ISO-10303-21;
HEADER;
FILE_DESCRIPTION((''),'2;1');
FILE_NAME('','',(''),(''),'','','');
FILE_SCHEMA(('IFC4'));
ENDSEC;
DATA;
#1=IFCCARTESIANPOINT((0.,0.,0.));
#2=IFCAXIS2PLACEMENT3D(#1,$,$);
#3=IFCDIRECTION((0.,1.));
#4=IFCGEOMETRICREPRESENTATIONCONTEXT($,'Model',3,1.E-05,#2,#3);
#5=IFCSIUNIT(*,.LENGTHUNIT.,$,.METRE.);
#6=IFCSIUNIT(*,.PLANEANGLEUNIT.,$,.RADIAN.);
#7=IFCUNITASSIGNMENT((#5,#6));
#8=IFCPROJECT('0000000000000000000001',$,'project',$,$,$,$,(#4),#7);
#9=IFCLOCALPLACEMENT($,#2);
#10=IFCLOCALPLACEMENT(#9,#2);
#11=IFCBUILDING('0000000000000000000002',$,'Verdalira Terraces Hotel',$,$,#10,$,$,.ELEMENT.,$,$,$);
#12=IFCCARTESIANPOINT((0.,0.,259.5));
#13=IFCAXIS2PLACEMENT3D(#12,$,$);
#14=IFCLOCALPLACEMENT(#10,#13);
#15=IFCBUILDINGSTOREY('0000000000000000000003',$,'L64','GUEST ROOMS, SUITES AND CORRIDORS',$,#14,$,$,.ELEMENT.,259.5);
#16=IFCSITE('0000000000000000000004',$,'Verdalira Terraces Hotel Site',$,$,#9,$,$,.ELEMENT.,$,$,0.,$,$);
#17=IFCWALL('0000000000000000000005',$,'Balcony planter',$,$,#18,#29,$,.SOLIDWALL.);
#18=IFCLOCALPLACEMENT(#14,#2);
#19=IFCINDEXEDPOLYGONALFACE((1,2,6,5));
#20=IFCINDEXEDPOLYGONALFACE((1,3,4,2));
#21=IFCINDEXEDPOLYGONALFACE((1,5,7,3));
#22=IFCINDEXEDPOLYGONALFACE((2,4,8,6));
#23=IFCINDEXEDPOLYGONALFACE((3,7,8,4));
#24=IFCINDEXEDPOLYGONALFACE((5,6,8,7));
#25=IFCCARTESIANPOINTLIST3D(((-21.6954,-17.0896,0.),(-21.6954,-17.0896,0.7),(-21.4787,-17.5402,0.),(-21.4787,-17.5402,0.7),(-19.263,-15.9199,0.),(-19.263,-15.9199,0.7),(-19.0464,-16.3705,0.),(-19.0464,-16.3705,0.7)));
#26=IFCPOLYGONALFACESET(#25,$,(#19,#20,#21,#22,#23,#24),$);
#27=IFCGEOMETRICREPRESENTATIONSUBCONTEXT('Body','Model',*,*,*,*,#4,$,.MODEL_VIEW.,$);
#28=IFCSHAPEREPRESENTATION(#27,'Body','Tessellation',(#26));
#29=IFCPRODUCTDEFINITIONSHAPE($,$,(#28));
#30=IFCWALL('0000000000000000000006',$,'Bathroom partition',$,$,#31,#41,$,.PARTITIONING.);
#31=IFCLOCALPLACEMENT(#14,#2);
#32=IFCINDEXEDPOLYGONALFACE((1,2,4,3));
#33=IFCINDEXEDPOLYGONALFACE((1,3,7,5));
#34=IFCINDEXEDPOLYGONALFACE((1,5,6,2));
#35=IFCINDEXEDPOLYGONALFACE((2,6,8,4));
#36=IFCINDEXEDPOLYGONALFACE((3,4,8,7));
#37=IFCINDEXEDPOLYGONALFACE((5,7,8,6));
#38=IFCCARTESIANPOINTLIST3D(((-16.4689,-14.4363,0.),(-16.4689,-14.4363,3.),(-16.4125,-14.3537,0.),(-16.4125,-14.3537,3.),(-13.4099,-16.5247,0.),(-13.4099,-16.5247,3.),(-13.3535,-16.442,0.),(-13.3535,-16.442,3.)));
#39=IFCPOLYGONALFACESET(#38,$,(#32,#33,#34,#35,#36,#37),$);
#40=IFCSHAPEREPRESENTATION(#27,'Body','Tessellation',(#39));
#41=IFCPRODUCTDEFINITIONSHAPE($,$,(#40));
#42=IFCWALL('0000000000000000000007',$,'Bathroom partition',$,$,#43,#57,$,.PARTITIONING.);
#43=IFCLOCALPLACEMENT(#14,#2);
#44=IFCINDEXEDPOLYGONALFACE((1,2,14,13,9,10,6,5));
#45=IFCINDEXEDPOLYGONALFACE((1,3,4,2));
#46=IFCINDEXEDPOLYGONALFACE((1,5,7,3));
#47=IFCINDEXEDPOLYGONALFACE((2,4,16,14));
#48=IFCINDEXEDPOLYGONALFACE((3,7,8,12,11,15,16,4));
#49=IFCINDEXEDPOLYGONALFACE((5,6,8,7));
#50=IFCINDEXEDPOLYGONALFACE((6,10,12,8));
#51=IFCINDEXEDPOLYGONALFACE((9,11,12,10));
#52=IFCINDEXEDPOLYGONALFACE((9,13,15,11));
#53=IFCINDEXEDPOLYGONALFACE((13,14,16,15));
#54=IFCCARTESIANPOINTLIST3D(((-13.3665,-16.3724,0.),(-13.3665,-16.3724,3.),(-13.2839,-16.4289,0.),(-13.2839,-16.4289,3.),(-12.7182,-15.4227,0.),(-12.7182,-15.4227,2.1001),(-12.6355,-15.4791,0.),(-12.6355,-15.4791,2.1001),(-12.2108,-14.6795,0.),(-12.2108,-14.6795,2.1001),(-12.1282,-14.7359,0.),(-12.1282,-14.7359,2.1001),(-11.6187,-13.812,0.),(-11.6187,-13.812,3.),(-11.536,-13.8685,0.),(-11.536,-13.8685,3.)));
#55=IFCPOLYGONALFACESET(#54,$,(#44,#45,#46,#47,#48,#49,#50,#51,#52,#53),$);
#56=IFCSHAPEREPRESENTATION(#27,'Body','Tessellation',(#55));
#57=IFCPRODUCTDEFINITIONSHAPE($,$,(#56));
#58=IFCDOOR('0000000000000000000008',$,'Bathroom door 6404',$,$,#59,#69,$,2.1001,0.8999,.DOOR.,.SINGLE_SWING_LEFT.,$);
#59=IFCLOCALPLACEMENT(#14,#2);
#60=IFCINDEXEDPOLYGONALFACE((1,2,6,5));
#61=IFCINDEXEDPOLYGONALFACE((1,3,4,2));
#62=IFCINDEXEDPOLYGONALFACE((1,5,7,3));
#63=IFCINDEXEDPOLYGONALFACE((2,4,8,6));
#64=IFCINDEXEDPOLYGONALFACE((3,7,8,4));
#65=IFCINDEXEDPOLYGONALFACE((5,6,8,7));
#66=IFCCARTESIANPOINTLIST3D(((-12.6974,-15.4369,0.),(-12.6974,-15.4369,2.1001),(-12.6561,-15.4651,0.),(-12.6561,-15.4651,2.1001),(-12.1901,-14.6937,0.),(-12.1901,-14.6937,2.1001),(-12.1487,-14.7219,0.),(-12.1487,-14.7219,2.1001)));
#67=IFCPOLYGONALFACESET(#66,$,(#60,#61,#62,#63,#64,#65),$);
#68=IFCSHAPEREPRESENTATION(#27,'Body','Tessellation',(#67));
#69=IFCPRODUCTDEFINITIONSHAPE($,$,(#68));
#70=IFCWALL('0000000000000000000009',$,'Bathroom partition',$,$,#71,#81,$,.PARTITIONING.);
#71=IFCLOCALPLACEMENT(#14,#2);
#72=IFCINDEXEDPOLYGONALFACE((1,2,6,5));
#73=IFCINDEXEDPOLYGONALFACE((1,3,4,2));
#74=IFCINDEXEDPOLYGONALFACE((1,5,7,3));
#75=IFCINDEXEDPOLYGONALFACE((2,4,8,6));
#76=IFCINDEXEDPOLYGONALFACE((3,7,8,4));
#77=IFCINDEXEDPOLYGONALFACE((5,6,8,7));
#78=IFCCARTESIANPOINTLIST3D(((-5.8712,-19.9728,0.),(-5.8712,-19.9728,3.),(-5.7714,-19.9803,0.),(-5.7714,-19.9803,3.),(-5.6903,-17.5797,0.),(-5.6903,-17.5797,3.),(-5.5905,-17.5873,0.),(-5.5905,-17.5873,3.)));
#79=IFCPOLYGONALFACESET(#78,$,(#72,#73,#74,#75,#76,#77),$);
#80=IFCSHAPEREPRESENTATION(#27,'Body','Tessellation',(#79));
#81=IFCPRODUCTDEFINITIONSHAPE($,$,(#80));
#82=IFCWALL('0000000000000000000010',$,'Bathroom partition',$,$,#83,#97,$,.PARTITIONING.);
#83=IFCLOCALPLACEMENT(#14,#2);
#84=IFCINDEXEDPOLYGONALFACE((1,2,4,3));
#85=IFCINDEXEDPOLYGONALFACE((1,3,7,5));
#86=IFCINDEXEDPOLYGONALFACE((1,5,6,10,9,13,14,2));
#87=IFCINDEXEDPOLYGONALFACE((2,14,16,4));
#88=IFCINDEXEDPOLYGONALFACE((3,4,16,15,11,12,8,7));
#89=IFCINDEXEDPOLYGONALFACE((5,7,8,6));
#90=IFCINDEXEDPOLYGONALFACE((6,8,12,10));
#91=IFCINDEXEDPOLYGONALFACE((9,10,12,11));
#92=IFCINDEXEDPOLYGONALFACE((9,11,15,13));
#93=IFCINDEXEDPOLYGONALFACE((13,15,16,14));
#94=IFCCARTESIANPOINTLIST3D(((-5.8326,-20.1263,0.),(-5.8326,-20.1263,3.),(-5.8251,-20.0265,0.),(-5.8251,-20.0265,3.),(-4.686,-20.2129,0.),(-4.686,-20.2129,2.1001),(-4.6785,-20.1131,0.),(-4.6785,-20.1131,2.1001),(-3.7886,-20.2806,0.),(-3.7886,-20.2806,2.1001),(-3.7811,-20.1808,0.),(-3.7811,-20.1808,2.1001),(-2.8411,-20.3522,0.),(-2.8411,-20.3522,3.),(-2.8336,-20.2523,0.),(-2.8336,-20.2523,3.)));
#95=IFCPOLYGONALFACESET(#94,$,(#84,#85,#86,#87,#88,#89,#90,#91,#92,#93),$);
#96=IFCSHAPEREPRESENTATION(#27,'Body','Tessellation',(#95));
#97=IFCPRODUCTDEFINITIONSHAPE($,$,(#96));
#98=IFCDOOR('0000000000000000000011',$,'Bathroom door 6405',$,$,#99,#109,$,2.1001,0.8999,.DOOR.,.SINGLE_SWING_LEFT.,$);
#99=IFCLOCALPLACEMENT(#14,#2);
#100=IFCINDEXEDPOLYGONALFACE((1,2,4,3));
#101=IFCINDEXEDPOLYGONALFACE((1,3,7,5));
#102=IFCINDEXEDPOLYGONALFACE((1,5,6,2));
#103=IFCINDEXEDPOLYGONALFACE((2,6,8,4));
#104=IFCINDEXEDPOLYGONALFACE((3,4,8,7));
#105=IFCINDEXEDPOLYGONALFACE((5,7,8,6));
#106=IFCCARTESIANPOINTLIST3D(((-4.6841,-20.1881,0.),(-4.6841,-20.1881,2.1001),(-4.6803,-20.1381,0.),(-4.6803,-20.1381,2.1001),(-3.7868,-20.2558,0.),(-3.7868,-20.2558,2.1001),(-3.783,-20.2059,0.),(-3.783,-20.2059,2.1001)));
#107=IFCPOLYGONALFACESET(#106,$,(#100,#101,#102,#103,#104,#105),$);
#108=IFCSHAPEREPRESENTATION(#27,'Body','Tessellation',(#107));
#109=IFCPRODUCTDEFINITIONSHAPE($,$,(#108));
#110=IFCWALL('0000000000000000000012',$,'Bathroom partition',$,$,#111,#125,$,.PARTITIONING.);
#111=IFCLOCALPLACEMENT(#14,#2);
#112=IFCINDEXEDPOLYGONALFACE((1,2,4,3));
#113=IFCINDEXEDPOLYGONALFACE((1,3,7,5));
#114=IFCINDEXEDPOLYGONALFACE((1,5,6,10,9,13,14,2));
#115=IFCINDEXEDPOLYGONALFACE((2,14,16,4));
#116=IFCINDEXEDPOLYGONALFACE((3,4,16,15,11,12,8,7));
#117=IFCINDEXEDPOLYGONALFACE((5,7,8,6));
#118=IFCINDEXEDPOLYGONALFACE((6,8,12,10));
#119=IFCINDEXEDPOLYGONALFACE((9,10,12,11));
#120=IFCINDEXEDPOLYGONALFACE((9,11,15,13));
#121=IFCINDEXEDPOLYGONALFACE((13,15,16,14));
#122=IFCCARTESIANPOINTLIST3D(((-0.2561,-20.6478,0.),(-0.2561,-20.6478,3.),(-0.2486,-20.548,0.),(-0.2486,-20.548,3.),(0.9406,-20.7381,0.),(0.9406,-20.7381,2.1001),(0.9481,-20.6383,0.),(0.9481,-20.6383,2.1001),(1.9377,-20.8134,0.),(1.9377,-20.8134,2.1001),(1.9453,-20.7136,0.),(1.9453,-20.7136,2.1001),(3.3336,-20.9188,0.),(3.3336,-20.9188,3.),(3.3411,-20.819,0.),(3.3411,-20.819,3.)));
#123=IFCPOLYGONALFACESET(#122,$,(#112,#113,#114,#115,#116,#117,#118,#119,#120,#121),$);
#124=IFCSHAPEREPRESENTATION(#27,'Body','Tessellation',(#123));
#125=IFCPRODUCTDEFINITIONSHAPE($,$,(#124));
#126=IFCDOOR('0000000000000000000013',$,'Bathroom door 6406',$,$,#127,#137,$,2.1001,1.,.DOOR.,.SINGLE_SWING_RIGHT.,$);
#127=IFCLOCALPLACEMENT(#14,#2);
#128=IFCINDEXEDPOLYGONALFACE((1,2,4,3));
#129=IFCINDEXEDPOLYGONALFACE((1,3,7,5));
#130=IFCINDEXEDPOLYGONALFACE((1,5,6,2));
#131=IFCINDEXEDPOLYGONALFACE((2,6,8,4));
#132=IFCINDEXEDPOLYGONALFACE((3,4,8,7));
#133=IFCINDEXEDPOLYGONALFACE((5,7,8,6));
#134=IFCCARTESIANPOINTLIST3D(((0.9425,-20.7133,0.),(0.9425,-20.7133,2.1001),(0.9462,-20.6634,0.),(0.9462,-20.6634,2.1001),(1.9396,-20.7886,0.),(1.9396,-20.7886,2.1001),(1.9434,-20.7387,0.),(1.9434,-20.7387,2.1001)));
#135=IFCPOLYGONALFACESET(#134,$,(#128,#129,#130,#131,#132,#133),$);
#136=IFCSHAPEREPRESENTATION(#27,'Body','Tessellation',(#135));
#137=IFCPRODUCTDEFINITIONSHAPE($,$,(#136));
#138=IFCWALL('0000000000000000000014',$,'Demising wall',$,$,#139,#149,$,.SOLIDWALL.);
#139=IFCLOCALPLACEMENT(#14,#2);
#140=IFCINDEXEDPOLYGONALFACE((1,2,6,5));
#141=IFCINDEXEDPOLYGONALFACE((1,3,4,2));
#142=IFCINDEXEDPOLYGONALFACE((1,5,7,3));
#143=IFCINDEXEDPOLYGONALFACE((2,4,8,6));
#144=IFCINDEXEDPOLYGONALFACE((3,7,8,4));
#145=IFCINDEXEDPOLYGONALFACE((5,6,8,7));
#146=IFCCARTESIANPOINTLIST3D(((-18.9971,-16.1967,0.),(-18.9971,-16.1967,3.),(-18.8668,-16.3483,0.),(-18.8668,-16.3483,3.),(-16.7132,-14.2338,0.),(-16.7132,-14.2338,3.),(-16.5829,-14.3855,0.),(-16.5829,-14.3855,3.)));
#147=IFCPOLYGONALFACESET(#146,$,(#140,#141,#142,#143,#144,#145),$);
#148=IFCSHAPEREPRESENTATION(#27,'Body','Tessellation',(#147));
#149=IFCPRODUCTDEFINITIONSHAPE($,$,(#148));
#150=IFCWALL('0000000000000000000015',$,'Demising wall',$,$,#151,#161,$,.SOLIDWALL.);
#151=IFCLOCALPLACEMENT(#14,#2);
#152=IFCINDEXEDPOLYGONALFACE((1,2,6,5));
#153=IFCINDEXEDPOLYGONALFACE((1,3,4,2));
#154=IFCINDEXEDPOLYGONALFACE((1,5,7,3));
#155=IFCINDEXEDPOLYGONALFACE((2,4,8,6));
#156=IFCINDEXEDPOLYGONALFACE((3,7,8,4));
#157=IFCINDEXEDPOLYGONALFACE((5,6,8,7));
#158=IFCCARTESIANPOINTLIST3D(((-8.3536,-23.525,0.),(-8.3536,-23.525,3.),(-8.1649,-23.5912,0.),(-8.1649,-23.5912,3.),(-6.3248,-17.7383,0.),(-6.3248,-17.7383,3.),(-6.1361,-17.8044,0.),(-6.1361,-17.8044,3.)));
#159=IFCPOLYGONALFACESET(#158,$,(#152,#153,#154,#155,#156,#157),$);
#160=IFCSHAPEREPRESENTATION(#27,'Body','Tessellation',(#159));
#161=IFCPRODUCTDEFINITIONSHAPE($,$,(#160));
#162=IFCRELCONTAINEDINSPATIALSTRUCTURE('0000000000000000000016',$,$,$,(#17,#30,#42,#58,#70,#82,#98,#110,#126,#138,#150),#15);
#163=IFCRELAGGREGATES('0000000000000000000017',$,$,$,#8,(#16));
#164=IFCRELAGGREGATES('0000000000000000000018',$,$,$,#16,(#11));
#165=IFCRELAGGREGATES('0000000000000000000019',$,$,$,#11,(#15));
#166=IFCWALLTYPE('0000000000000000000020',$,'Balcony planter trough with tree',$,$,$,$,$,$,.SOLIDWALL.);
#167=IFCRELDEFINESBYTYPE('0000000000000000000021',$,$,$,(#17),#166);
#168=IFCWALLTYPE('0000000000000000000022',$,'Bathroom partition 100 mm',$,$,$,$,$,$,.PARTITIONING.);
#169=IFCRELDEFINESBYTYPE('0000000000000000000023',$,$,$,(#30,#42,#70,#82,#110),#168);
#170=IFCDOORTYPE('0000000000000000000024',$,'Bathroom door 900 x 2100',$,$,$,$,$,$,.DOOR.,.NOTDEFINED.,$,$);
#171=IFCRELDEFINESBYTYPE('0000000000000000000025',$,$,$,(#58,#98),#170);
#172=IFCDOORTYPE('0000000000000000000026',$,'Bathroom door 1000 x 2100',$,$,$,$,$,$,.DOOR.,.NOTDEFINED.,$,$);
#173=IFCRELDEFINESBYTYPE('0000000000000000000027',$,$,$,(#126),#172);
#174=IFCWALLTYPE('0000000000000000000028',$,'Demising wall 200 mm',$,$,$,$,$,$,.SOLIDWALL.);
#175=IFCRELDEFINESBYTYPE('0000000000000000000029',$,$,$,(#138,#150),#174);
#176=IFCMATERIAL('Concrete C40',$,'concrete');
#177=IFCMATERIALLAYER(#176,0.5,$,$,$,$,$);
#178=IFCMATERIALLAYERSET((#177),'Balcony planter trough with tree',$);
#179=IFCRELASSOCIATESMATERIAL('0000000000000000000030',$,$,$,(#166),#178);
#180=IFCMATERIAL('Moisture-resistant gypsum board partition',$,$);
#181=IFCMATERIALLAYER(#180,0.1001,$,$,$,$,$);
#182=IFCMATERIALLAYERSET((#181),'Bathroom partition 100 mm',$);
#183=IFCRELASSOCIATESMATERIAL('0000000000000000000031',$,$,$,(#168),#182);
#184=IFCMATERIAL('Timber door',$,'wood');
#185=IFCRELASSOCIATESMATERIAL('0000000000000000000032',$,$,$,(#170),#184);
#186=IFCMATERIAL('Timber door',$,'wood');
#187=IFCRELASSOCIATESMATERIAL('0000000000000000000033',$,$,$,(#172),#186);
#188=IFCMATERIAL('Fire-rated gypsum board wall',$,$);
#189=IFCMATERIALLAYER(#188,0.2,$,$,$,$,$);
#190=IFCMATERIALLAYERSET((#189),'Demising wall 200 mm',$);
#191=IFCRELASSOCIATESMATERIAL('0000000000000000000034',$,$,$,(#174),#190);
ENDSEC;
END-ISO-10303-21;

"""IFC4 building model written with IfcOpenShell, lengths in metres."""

from ifc_helpers import new_model, si_unit, direction, frame, frame_2d, origin, place, context, subcontext, project, spatial, rectangle, extrude, material, layer, layer_set, type_object, element, fill, save


model = new_model("IFC4")

# Units and contexts
model_context = context("Model", 3, precision=1e-05, world=origin(), true_north=direction((0.0, 1.0)))
body_context = subcontext(model_context, "Body", "Model", "MODEL_VIEW")
ifc_project = project(units=[si_unit("LENGTHUNIT", "METRE"), si_unit("PLANEANGLEUNIT", "RADIAN")], contexts=[model_context])

# Site, building, storey
site_placement = place(None, origin())
site = spatial("IfcSite", under=ifc_project, at=site_placement, Name="Verdalira Terraces Hotel Site", CompositionType="ELEMENT", RefElevation=0.0)
building_placement = place(site_placement, origin())
building = spatial("IfcBuilding", under=site, at=building_placement, Name="Verdalira Terraces Hotel", CompositionType="ELEMENT")
storey_placement = place(building_placement, frame((0.0, 0.0, 259.5)))
storey = spatial("IfcBuildingStorey", under=building, at=storey_placement, Name="L64", Description="GUEST ROOMS, SUITES AND CORRIDORS", CompositionType="ELEMENT", Elevation=259.5)

# Walls
ifc_material_1 = material(Name="Concrete C40", Category="concrete")
ifc_layer_1 = layer(ifc_material_1, 0.5)
ifc_layer_set_1 = layer_set([ifc_layer_1], Name="Balcony planter trough with tree")
wall_type_1 = type_object("IfcWallType", Name="Balcony planter trough with tree", PredefinedType="SOLIDWALL", material=ifc_layer_set_1)
wall_1_placement = place(storey_placement, frame((-21.5872, -17.3149, 0.0), z_axis=(0.0, 0.0, 1.0), x_axis=(0.901214, 0.433375, 0.0)))
element("IfcWall", 1, at=wall_1_placement, inside=storey, type_object=wall_type_1, Name="Balcony planter", PredefinedType="SOLIDWALL", context=body_context, shape_type="SweptSolid", body=[
    extrude(rectangle(XDim=2.699, YDim=0.5, at=frame_2d((1.3496, 0.0))), origin(), (0.0, 0.0, 1.0), 0.7),
])
ifc_material_2 = material(Name="Moisture-resistant gypsum board partition")
ifc_layer_2 = layer(ifc_material_2, 0.1001)
ifc_layer_set_2 = layer_set([ifc_layer_2], Name="Bathroom partition 100 mm")
wall_type_2 = type_object("IfcWallType", Name="Bathroom partition 100 mm", PredefinedType="PARTITIONING", material=ifc_layer_set_2)
wall_2_placement = place(storey_placement, frame((-13.3816, -16.4834, 0.0), z_axis=(0.0, 0.0, 1.0), x_axis=(-0.825895, 0.563824, 0.0)))
element("IfcWall", 2, at=wall_2_placement, inside=storey, type_object=wall_type_2, Name="Bathroom partition", PredefinedType="PARTITIONING", context=body_context, shape_type="SweptSolid", body=[
    extrude(rectangle(XDim=3.7039, YDim=0.1001, at=frame_2d((1.8521, 0.0))), origin(), (0.0, 0.0, 1.0), 3.0),
])

# Wall, opening, door
wall_3_placement = place(storey_placement, frame((-13.3252, -16.4006, 0.0), z_axis=(0.0, 0.0, 1.0), x_axis=(0.563808, 0.825906, 0.0)))
wall_3 = element("IfcWall", 3, at=wall_3_placement, inside=storey, type_object=wall_type_2, Name="Bathroom partition", PredefinedType="PARTITIONING", context=body_context, shape_type="SweptSolid", body=[
    extrude(rectangle(XDim=3.1001, YDim=0.1001, at=frame_2d((1.55, 0.0))), origin(), (0.0, 0.0, 1.0), 3.0),
])
opening_1_placement = place(wall_3_placement, frame((1.1499, 0.0, 0.0)))
opening_1 = element("IfcOpeningElement", 4, at=opening_1_placement, cuts=wall_3, PredefinedType="OPENING", context=body_context, shape_type="SweptSolid", body=[
    extrude(rectangle(XDim=0.8999, YDim=2.1001, at=frame_2d((0.45, 1.05))), frame((0.0, 0.0601, 0.0), z_axis=(0.0, -1.0, 0.0), x_axis=(1.0, 0.0, 0.0)), (0.0, 0.0, 1.0), 0.1201),
])
ifc_material_3 = material(Name="Timber door", Category="wood")
door_type_1 = type_object("IfcDoorType", Name="Bathroom door 900 x 2100", OperationType="NOTDEFINED", PredefinedType="DOOR", material=ifc_material_3)
door_1_placement = place(opening_1_placement, origin())
door_1 = element("IfcDoor", 5, at=door_1_placement, inside=storey, type_object=door_type_1, Name="Bathroom door 6404", OperationType="SINGLE_SWING_LEFT", OverallHeight=2.1001, OverallWidth=0.8999, PredefinedType="DOOR", context=body_context, shape_type="SweptSolid", body=[
    extrude(rectangle(XDim=0.8999, YDim=2.1001, at=frame_2d((0.45, 1.05))), frame((0.0, 0.0249, 0.0), z_axis=(0.0, -1.0, 0.0), x_axis=(1.0, 0.0, 0.0)), (0.0, 0.0, 1.0), 0.05),
])
fill(opening_1, door_1)

# Wall
wall_4_placement = place(storey_placement, frame((-5.8213, -19.9766, 0.0), z_axis=(0.0, 0.0, 1.0), x_axis=(0.075382, 0.997155, 0.0)))
element("IfcWall", 6, at=wall_4_placement, inside=storey, type_object=wall_type_2, Name="Bathroom partition", PredefinedType="PARTITIONING", context=body_context, shape_type="SweptSolid", body=[
    extrude(rectangle(XDim=2.3999, YDim=0.1001, at=frame_2d((1.2, 0.0))), origin(), (0.0, 0.0, 1.0), 3.0),
])

# Walls, openings, doors
wall_5_placement = place(storey_placement, frame((-5.8289, -20.0764, 0.0), z_axis=(0.0, 0.0, 1.0), x_axis=(0.997163, -0.075278, 0.0)))
wall_5 = element("IfcWall", 7, at=wall_5_placement, inside=storey, type_object=wall_type_2, Name="Bathroom partition", PredefinedType="PARTITIONING", context=body_context, shape_type="SweptSolid", body=[
    extrude(rectangle(XDim=3.0, YDim=0.1001, at=frame_2d((1.5, 0.0))), origin(), (0.0, 0.0, 1.0), 3.0),
])
opening_2_placement = place(wall_5_placement, frame((1.1499, 0.0, 0.0)))
opening_2 = element("IfcOpeningElement", 8, at=opening_2_placement, cuts=wall_5, PredefinedType="OPENING", context=body_context, shape_type="SweptSolid", body=[
    extrude(rectangle(XDim=0.8999, YDim=2.1001, at=frame_2d((0.45, 1.05))), frame((0.0, 0.0601, 0.0), z_axis=(0.0, -1.0, 0.0), x_axis=(1.0, 0.0, 0.0)), (0.0, 0.0, 1.0), 0.1201),
])
door_2_placement = place(opening_2_placement, origin())
door_2 = element("IfcDoor", 9, at=door_2_placement, inside=storey, type_object=door_type_1, Name="Bathroom door 6405", OperationType="SINGLE_SWING_LEFT", OverallHeight=2.1001, OverallWidth=0.8999, PredefinedType="DOOR", context=body_context, shape_type="SweptSolid", body=[
    extrude(rectangle(XDim=0.8999, YDim=2.1001, at=frame_2d((0.45, 1.05))), frame((0.0, 0.0249, 0.0), z_axis=(0.0, -1.0, 0.0), x_axis=(1.0, 0.0, 0.0)), (0.0, 0.0, 1.0), 0.05),
])
fill(opening_2, door_2)
wall_6_placement = place(storey_placement, frame((-0.2522, -20.5979, 0.0), z_axis=(0.0, 0.0, 1.0), x_axis=(0.997162, -0.075281, 0.0)))
wall_6 = element("IfcWall", 10, at=wall_6_placement, inside=storey, type_object=wall_type_2, Name="Bathroom partition", PredefinedType="PARTITIONING", context=body_context, shape_type="SweptSolid", body=[
    extrude(rectangle(XDim=3.5999, YDim=0.1001, at=frame_2d((1.7998, 0.0))), origin(), (0.0, 0.0, 1.0), 3.0),
])
opening_3_placement = place(wall_6_placement, frame((1.2, 0.0, 0.0)))
opening_3 = element("IfcOpeningElement", 11, at=opening_3_placement, cuts=wall_6, PredefinedType="OPENING", context=body_context, shape_type="SweptSolid", body=[
    extrude(rectangle(XDim=1.0, YDim=2.1001, at=frame_2d((0.5, 1.05))), frame((0.0, 0.0601, 0.0), z_axis=(0.0, -1.0, 0.0), x_axis=(1.0, 0.0, 0.0)), (0.0, 0.0, 1.0), 0.1201),
])
ifc_material_4 = material(Name="Timber door", Category="wood")
door_type_2 = type_object("IfcDoorType", Name="Bathroom door 1000 x 2100", OperationType="NOTDEFINED", PredefinedType="DOOR", material=ifc_material_4)
door_3_placement = place(opening_3_placement, origin())
door_3 = element("IfcDoor", 12, at=door_3_placement, inside=storey, type_object=door_type_2, Name="Bathroom door 6406", OperationType="SINGLE_SWING_RIGHT", OverallHeight=2.1001, OverallWidth=1.0, PredefinedType="DOOR", context=body_context, shape_type="SweptSolid", body=[
    extrude(rectangle(XDim=1.0, YDim=2.1001, at=frame_2d((0.5, 1.05))), frame((0.0, 0.0249, 0.0), z_axis=(0.0, -1.0, 0.0), x_axis=(1.0, 0.0, 0.0)), (0.0, 0.0, 1.0), 0.05),
])
fill(opening_3, door_3)

# Walls
ifc_material_5 = material(Name="Fire-rated gypsum board wall")
ifc_layer_3 = layer(ifc_material_5, 0.2)
ifc_layer_set_3 = layer_set([ifc_layer_3], Name="Demising wall 200 mm")
wall_type_3 = type_object("IfcWallType", Name="Demising wall 200 mm", PredefinedType="SOLIDWALL", material=ifc_layer_set_3)
wall_7_placement = place(storey_placement, frame((-16.6479, -14.3096, 0.0), z_axis=(0.0, 0.0, 1.0), x_axis=(-0.758398, -0.651792, 0.0)))
element("IfcWall", 13, at=wall_7_placement, inside=storey, type_object=wall_type_3, Name="Demising wall", PredefinedType="SOLIDWALL", context=body_context, shape_type="SweptSolid", body=[
    extrude(rectangle(XDim=3.0115, YDim=0.2, at=frame_2d((1.5059, 0.0))), origin(), (0.0, 0.0, 1.0), 3.0),
])
wall_8_placement = place(storey_placement, frame((-6.2305, -17.7715, 0.0), z_axis=(0.0, 0.0, 1.0), x_axis=(-0.330858, -0.943681, 0.0)))
element("IfcWall", 14, at=wall_8_placement, inside=storey, type_object=wall_type_3, Name="Demising wall", PredefinedType="SOLIDWALL", context=body_context, shape_type="SweptSolid", body=[
    extrude(rectangle(XDim=6.1321, YDim=0.2, at=frame_2d((3.0659, 0.0))), origin(), (0.0, 0.0, 1.0), 3.0),
])

save(model, "model.ifc")
